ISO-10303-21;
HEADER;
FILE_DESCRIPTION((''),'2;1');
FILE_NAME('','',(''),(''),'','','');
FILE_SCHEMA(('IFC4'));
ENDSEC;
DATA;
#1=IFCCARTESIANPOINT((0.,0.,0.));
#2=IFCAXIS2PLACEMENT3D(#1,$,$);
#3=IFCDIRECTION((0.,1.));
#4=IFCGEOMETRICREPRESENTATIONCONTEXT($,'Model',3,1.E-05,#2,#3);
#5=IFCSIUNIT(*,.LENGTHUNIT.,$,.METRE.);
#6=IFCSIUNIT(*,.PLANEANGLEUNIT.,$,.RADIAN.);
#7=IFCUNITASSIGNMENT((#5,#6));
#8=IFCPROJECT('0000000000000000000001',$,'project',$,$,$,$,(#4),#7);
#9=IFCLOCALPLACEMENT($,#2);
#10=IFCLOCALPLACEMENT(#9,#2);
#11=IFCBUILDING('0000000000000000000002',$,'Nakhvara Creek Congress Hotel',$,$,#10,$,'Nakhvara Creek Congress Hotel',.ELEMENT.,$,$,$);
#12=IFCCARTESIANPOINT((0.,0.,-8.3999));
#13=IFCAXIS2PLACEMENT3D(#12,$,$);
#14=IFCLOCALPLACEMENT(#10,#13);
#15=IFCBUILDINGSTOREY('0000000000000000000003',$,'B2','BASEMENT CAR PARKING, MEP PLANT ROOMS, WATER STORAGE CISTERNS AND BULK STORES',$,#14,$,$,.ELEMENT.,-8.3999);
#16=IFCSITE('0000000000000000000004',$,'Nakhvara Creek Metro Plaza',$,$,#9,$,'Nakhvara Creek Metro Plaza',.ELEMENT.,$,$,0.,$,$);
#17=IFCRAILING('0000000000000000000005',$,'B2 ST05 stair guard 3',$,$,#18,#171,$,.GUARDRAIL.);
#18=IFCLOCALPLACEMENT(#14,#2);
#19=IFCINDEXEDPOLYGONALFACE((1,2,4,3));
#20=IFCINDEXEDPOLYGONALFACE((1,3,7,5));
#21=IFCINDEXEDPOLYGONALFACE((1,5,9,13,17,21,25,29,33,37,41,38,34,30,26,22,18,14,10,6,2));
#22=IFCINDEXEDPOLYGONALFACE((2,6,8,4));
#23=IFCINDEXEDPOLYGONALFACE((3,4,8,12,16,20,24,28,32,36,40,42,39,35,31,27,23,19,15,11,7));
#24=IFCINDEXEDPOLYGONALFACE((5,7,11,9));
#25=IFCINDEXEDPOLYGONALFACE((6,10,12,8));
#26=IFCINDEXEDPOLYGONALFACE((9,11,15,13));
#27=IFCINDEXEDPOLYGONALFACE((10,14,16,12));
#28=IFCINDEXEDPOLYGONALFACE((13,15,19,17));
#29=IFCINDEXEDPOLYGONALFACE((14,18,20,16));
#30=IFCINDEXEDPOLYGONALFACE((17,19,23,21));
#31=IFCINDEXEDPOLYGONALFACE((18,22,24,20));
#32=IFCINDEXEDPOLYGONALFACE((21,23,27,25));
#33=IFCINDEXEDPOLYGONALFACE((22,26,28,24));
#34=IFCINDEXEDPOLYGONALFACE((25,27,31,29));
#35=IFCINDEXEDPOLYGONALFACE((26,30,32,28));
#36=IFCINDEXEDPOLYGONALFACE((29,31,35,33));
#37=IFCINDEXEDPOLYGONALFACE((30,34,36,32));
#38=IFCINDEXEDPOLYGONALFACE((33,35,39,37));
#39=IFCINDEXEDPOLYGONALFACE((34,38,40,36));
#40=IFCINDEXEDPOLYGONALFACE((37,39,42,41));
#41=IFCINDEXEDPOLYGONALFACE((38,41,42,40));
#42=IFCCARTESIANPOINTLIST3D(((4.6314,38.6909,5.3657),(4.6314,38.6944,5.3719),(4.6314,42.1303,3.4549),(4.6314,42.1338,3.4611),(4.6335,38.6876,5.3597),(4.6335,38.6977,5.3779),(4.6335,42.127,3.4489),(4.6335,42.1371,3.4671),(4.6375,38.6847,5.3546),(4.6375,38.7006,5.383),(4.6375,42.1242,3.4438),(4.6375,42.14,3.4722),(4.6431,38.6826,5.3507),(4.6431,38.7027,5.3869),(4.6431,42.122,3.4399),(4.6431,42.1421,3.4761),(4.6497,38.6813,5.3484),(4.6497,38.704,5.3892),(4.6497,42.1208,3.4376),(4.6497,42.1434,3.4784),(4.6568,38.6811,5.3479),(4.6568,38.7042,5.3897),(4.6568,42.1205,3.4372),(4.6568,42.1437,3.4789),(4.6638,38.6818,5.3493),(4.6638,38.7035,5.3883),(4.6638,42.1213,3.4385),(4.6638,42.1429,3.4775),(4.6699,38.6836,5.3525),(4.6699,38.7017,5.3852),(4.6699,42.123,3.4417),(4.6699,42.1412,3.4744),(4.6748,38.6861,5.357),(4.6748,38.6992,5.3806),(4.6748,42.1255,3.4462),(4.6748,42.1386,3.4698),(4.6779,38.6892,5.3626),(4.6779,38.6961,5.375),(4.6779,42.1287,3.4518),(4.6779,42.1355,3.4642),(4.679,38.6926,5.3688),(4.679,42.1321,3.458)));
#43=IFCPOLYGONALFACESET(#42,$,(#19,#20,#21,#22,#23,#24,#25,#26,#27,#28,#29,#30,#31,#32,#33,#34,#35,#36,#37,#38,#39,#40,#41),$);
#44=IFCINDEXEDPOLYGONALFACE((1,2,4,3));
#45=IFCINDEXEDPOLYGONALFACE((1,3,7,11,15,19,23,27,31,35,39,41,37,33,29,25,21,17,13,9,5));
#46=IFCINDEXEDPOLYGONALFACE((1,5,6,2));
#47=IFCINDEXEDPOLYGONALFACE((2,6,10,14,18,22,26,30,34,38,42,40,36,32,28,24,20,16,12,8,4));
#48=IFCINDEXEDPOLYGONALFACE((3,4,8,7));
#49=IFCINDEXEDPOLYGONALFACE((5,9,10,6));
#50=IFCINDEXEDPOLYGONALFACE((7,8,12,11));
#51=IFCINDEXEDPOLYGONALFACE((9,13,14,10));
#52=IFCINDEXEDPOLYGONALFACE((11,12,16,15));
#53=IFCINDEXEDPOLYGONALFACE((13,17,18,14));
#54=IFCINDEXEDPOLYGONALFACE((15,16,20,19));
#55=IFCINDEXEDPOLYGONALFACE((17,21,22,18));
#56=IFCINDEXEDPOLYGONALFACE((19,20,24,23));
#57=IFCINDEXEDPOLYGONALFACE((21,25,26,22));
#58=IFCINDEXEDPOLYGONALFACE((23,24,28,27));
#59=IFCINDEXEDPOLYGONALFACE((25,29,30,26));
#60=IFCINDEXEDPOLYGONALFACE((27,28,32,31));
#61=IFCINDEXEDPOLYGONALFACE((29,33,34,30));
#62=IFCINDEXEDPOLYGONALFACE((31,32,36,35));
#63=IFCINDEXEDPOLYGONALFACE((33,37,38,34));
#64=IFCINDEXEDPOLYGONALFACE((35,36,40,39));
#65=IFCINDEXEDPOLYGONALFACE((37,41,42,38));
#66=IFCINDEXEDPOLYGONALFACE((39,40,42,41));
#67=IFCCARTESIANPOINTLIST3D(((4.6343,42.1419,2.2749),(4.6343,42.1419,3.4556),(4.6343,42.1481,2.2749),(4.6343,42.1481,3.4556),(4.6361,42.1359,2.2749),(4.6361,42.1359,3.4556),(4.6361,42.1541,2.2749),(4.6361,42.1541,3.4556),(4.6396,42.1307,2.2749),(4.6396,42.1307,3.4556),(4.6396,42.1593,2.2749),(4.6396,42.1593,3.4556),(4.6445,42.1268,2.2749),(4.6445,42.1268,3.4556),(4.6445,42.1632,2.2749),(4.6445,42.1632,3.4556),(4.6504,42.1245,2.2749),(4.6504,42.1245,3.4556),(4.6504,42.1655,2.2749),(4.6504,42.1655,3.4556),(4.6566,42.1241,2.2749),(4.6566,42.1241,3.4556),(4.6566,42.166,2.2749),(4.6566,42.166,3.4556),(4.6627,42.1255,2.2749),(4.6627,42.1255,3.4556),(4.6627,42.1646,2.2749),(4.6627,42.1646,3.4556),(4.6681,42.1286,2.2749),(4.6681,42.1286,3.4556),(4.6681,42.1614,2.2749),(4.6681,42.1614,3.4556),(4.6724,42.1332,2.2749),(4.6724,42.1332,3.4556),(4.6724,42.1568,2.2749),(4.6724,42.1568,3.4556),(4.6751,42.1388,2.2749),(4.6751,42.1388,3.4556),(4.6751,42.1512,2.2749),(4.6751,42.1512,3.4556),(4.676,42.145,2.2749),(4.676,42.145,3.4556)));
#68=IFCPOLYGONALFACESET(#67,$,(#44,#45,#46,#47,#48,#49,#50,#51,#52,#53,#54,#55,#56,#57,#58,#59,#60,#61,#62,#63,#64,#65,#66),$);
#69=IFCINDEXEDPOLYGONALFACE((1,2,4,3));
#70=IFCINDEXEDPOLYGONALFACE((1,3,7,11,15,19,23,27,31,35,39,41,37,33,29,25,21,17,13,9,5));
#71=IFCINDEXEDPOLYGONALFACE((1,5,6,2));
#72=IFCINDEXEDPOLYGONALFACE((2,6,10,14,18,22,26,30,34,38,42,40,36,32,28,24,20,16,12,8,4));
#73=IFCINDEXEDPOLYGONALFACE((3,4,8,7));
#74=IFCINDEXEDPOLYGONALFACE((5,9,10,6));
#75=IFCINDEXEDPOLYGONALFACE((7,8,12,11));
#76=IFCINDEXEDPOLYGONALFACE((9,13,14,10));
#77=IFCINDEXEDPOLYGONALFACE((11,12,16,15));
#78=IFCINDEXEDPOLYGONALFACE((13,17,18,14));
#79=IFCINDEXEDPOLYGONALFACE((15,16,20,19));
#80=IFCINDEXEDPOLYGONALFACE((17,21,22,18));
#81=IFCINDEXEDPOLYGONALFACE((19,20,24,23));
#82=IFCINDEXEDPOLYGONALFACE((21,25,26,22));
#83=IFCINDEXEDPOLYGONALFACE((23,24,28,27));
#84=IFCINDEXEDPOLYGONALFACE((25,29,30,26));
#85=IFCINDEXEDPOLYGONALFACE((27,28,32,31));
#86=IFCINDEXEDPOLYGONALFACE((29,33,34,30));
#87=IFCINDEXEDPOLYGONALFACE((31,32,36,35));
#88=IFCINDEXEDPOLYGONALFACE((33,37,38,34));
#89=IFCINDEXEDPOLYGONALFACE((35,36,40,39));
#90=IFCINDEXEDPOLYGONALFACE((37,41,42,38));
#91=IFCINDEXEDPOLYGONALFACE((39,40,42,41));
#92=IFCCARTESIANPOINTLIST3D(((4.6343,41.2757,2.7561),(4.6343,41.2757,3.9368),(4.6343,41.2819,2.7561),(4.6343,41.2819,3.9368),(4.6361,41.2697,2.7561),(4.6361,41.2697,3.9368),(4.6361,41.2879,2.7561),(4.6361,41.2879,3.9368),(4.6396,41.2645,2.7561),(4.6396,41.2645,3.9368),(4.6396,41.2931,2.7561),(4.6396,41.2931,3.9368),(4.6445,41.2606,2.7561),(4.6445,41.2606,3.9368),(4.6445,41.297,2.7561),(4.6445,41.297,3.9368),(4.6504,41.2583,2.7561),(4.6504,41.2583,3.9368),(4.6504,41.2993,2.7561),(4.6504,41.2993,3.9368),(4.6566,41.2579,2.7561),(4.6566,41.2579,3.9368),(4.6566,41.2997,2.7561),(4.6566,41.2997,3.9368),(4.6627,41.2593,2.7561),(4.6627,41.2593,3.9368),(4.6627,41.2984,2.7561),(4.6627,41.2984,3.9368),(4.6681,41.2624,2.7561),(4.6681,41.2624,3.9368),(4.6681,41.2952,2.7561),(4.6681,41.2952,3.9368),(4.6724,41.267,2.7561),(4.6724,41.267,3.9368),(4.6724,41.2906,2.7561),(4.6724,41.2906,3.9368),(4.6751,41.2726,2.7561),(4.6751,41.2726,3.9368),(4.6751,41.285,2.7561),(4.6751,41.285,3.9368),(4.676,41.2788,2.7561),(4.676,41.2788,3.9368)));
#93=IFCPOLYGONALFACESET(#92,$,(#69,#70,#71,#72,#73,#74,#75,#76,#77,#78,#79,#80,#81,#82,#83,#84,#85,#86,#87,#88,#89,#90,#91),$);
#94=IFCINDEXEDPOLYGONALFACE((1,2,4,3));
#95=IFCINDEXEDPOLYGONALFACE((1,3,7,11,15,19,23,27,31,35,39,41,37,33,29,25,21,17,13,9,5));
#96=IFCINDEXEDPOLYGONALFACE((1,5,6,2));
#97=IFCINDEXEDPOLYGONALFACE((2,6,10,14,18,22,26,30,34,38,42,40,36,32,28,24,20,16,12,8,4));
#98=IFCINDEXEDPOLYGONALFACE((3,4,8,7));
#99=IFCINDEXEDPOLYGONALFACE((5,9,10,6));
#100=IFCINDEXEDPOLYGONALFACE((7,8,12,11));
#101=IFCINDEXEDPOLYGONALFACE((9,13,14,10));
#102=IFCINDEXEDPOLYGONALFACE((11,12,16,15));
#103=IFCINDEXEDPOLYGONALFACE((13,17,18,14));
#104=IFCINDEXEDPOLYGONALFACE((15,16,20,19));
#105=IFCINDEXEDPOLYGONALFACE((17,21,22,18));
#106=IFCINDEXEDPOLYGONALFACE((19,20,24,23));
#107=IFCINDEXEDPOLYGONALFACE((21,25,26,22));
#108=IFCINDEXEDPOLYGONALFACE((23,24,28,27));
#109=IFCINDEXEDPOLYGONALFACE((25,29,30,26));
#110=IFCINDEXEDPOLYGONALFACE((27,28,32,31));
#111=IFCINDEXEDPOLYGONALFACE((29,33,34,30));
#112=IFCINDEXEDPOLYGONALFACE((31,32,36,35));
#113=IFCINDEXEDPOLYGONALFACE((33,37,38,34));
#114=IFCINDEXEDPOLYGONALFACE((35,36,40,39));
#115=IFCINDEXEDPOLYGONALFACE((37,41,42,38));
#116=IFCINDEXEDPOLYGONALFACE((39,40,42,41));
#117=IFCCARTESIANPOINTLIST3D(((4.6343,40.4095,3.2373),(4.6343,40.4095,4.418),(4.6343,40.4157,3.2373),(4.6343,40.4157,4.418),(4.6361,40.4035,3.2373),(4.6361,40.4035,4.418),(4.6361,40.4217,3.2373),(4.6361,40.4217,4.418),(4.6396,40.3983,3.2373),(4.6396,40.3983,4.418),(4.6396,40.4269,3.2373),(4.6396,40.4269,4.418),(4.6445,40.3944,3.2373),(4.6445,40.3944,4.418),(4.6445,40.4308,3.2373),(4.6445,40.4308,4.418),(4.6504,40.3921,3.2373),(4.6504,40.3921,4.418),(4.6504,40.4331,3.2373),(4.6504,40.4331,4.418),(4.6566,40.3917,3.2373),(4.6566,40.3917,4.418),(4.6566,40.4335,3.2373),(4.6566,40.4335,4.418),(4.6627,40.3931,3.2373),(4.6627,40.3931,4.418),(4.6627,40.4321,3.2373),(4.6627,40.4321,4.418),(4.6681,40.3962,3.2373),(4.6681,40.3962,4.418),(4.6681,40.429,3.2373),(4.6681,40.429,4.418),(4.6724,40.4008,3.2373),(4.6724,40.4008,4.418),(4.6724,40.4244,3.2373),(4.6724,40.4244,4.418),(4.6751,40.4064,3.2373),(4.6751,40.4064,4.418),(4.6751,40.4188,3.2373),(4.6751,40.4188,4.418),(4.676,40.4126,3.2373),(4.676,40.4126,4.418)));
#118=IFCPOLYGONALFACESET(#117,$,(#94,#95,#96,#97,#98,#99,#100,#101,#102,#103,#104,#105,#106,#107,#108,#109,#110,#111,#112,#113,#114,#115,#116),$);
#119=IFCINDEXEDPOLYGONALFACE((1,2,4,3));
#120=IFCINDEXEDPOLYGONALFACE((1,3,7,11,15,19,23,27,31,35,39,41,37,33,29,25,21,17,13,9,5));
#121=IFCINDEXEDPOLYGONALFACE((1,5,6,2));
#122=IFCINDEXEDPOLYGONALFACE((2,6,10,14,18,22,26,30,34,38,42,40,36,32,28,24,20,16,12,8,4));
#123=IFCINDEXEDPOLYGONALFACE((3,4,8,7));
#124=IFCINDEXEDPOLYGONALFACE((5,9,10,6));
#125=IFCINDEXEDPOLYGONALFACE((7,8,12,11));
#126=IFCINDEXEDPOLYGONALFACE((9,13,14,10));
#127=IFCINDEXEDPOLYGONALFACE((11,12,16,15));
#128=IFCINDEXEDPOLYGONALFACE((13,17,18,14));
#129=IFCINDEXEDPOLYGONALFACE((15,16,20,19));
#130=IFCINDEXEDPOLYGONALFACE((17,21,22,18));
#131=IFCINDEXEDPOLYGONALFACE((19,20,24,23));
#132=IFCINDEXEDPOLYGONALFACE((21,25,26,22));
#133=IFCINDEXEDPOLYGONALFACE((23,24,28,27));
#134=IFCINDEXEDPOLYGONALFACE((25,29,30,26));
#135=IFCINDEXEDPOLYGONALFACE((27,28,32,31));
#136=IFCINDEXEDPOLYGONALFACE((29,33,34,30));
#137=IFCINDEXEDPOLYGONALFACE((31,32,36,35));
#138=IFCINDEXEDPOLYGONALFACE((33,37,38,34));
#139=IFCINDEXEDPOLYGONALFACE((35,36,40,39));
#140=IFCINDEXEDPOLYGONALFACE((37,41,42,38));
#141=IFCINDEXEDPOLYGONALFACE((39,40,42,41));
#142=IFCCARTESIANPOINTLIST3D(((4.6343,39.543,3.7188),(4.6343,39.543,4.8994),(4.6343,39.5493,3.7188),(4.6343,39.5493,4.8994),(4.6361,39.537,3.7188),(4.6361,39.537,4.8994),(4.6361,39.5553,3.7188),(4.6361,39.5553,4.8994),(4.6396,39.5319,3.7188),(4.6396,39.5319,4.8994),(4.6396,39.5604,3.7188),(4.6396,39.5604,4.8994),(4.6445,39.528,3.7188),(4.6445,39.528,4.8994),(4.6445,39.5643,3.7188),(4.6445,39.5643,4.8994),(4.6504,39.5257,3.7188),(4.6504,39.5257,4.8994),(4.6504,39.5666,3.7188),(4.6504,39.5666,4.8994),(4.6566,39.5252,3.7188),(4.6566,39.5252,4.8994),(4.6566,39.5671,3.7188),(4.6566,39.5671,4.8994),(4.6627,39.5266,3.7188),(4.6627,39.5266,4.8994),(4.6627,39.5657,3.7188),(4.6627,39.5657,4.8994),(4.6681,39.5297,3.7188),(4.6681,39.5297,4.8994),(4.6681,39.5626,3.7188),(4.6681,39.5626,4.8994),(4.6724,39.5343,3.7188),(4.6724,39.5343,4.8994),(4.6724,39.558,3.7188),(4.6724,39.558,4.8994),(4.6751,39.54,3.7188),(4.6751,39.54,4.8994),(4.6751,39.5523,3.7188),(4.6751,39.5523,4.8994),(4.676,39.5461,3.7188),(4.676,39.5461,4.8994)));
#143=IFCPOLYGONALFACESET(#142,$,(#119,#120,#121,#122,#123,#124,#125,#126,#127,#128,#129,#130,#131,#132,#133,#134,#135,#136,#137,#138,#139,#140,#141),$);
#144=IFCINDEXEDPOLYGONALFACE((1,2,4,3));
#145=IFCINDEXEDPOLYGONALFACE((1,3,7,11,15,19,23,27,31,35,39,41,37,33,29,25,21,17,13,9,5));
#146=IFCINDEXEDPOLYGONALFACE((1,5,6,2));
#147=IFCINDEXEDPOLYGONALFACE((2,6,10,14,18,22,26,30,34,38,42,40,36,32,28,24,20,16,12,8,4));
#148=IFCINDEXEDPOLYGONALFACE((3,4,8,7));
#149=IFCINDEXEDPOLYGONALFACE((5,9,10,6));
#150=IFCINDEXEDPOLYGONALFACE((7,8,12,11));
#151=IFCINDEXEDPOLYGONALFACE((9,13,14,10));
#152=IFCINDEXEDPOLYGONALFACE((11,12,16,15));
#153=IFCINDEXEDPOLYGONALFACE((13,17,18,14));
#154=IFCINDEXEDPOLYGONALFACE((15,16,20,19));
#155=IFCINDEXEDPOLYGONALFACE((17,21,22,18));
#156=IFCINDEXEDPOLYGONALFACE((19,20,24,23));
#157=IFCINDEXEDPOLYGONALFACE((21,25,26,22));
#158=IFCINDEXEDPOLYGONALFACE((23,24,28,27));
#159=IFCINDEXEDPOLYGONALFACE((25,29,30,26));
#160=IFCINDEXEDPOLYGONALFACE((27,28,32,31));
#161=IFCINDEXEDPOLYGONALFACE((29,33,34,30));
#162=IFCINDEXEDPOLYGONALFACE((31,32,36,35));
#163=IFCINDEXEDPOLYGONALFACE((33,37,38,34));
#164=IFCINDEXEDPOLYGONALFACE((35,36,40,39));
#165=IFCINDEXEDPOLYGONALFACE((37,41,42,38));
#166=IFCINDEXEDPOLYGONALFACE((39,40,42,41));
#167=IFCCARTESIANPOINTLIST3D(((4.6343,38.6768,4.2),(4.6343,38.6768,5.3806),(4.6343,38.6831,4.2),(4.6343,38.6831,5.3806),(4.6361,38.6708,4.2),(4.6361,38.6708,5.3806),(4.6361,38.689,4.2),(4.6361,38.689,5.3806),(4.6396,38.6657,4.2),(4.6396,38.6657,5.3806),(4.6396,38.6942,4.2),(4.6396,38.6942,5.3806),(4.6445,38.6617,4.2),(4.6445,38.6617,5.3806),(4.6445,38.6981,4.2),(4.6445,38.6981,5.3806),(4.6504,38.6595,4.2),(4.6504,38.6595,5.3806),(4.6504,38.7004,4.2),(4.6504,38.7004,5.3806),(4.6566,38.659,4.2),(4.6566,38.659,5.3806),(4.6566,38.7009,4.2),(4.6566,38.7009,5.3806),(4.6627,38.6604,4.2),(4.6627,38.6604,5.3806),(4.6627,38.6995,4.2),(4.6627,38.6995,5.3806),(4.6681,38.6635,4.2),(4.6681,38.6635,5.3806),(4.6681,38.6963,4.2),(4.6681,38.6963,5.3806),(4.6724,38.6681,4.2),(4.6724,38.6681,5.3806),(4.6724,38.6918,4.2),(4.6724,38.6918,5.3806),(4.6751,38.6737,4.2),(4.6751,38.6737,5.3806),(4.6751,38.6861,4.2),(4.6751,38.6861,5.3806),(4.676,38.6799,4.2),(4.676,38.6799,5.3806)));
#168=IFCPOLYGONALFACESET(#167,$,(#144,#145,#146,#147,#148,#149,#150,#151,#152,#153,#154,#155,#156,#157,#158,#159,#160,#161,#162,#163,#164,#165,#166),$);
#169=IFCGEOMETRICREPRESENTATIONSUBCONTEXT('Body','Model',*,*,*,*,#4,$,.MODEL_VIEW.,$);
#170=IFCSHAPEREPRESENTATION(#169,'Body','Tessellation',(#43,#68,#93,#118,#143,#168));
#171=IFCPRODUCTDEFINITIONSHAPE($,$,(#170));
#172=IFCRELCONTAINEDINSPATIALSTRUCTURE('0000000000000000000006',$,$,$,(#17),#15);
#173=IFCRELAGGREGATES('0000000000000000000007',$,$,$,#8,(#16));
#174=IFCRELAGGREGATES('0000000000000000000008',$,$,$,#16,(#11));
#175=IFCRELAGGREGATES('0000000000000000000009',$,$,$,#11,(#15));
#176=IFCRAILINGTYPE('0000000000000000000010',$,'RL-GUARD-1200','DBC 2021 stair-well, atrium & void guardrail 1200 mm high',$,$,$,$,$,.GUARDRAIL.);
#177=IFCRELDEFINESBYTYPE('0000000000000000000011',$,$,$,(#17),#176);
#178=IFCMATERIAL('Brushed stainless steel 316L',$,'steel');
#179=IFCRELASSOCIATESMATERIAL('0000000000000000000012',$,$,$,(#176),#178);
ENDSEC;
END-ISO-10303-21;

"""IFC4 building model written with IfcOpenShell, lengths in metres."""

from ifc_helpers import new_model, si_unit, direction, frame, origin, origin_2d, place, context, subcontext, project, spatial, circle, extrude, material, type_object, element, save


model = new_model("IFC4")

# Units and contexts
model_context = context("Model", 3, precision=1e-05, world=origin(), true_north=direction((0.0, 1.0)))
body_context = subcontext(model_context, "Body", "Model", "MODEL_VIEW")
ifc_project = project(units=[si_unit("LENGTHUNIT", "METRE"), si_unit("PLANEANGLEUNIT", "RADIAN")], contexts=[model_context])

# Site, building, storey
site_placement = place(None, origin())
site = spatial("IfcSite", under=ifc_project, at=site_placement, Name="Nakhvara Creek Metro Plaza", LongName="Nakhvara Creek Metro Plaza", CompositionType="ELEMENT", RefElevation=0.0)
building_placement = place(site_placement, origin())
building = spatial("IfcBuilding", under=site, at=building_placement, Name="Nakhvara Creek Congress Hotel", LongName="Nakhvara Creek Congress Hotel", CompositionType="ELEMENT")
storey_placement = place(building_placement, frame((0.0, 0.0, -8.3999)))
storey = spatial("IfcBuildingStorey", under=building, at=storey_placement, Name="B2", Description="BASEMENT CAR PARKING, MEP PLANT ROOMS, WATER STORAGE CISTERNS AND BULK STORES", CompositionType="ELEMENT", Elevation=-8.3999)

# Railing
ifc_material_1 = material(Name="Brushed stainless steel 316L", Category="steel")
railing_type_1 = type_object("IfcRailingType", Name="RL-GUARD-1200", Description="DBC 2021 stair-well, atrium & void guardrail 1200 mm high", PredefinedType="GUARDRAIL", material=ifc_material_1)
railing_1_placement = place(storey_placement, frame((4.655, 42.145, 2.2749)))
element("IfcRailing", 1, at=railing_1_placement, inside=storey, type_object=railing_type_1, Name="B2 ST05 stair guard 3", PredefinedType="GUARDRAIL", context=body_context, shape_type="SweptSolid", body=[
    extrude(circle(Radius=0.0239, at=origin_2d()), frame((0.0, -0.0129, 1.1831), z_axis=(0.0, -0.874157, 0.485643), x_axis=(1.0, 0.0, 0.0)), (0.0, 0.0, 1.0), 3.9346),
    extrude(circle(Radius=0.021, at=origin_2d()), origin(), (0.0, 0.0, 1.0), 1.1807),
    extrude(circle(Radius=0.021, at=origin_2d()), frame((0.0, -0.8662, 0.4812)), (0.0, 0.0, 1.0), 1.1807),
    extrude(circle(Radius=0.021, at=origin_2d()), frame((0.0, -1.7324, 0.9624)), (0.0, 0.0, 1.0), 1.1807),
    extrude(circle(Radius=0.021, at=origin_2d()), frame((0.0, -2.5989, 1.4438)), (0.0, 0.0, 1.0), 1.1807),
    extrude(circle(Radius=0.021, at=origin_2d()), frame((0.0, -3.4651, 1.925)), (0.0, 0.0, 1.0), 1.1807),
])

save(model, "model.ifc")
